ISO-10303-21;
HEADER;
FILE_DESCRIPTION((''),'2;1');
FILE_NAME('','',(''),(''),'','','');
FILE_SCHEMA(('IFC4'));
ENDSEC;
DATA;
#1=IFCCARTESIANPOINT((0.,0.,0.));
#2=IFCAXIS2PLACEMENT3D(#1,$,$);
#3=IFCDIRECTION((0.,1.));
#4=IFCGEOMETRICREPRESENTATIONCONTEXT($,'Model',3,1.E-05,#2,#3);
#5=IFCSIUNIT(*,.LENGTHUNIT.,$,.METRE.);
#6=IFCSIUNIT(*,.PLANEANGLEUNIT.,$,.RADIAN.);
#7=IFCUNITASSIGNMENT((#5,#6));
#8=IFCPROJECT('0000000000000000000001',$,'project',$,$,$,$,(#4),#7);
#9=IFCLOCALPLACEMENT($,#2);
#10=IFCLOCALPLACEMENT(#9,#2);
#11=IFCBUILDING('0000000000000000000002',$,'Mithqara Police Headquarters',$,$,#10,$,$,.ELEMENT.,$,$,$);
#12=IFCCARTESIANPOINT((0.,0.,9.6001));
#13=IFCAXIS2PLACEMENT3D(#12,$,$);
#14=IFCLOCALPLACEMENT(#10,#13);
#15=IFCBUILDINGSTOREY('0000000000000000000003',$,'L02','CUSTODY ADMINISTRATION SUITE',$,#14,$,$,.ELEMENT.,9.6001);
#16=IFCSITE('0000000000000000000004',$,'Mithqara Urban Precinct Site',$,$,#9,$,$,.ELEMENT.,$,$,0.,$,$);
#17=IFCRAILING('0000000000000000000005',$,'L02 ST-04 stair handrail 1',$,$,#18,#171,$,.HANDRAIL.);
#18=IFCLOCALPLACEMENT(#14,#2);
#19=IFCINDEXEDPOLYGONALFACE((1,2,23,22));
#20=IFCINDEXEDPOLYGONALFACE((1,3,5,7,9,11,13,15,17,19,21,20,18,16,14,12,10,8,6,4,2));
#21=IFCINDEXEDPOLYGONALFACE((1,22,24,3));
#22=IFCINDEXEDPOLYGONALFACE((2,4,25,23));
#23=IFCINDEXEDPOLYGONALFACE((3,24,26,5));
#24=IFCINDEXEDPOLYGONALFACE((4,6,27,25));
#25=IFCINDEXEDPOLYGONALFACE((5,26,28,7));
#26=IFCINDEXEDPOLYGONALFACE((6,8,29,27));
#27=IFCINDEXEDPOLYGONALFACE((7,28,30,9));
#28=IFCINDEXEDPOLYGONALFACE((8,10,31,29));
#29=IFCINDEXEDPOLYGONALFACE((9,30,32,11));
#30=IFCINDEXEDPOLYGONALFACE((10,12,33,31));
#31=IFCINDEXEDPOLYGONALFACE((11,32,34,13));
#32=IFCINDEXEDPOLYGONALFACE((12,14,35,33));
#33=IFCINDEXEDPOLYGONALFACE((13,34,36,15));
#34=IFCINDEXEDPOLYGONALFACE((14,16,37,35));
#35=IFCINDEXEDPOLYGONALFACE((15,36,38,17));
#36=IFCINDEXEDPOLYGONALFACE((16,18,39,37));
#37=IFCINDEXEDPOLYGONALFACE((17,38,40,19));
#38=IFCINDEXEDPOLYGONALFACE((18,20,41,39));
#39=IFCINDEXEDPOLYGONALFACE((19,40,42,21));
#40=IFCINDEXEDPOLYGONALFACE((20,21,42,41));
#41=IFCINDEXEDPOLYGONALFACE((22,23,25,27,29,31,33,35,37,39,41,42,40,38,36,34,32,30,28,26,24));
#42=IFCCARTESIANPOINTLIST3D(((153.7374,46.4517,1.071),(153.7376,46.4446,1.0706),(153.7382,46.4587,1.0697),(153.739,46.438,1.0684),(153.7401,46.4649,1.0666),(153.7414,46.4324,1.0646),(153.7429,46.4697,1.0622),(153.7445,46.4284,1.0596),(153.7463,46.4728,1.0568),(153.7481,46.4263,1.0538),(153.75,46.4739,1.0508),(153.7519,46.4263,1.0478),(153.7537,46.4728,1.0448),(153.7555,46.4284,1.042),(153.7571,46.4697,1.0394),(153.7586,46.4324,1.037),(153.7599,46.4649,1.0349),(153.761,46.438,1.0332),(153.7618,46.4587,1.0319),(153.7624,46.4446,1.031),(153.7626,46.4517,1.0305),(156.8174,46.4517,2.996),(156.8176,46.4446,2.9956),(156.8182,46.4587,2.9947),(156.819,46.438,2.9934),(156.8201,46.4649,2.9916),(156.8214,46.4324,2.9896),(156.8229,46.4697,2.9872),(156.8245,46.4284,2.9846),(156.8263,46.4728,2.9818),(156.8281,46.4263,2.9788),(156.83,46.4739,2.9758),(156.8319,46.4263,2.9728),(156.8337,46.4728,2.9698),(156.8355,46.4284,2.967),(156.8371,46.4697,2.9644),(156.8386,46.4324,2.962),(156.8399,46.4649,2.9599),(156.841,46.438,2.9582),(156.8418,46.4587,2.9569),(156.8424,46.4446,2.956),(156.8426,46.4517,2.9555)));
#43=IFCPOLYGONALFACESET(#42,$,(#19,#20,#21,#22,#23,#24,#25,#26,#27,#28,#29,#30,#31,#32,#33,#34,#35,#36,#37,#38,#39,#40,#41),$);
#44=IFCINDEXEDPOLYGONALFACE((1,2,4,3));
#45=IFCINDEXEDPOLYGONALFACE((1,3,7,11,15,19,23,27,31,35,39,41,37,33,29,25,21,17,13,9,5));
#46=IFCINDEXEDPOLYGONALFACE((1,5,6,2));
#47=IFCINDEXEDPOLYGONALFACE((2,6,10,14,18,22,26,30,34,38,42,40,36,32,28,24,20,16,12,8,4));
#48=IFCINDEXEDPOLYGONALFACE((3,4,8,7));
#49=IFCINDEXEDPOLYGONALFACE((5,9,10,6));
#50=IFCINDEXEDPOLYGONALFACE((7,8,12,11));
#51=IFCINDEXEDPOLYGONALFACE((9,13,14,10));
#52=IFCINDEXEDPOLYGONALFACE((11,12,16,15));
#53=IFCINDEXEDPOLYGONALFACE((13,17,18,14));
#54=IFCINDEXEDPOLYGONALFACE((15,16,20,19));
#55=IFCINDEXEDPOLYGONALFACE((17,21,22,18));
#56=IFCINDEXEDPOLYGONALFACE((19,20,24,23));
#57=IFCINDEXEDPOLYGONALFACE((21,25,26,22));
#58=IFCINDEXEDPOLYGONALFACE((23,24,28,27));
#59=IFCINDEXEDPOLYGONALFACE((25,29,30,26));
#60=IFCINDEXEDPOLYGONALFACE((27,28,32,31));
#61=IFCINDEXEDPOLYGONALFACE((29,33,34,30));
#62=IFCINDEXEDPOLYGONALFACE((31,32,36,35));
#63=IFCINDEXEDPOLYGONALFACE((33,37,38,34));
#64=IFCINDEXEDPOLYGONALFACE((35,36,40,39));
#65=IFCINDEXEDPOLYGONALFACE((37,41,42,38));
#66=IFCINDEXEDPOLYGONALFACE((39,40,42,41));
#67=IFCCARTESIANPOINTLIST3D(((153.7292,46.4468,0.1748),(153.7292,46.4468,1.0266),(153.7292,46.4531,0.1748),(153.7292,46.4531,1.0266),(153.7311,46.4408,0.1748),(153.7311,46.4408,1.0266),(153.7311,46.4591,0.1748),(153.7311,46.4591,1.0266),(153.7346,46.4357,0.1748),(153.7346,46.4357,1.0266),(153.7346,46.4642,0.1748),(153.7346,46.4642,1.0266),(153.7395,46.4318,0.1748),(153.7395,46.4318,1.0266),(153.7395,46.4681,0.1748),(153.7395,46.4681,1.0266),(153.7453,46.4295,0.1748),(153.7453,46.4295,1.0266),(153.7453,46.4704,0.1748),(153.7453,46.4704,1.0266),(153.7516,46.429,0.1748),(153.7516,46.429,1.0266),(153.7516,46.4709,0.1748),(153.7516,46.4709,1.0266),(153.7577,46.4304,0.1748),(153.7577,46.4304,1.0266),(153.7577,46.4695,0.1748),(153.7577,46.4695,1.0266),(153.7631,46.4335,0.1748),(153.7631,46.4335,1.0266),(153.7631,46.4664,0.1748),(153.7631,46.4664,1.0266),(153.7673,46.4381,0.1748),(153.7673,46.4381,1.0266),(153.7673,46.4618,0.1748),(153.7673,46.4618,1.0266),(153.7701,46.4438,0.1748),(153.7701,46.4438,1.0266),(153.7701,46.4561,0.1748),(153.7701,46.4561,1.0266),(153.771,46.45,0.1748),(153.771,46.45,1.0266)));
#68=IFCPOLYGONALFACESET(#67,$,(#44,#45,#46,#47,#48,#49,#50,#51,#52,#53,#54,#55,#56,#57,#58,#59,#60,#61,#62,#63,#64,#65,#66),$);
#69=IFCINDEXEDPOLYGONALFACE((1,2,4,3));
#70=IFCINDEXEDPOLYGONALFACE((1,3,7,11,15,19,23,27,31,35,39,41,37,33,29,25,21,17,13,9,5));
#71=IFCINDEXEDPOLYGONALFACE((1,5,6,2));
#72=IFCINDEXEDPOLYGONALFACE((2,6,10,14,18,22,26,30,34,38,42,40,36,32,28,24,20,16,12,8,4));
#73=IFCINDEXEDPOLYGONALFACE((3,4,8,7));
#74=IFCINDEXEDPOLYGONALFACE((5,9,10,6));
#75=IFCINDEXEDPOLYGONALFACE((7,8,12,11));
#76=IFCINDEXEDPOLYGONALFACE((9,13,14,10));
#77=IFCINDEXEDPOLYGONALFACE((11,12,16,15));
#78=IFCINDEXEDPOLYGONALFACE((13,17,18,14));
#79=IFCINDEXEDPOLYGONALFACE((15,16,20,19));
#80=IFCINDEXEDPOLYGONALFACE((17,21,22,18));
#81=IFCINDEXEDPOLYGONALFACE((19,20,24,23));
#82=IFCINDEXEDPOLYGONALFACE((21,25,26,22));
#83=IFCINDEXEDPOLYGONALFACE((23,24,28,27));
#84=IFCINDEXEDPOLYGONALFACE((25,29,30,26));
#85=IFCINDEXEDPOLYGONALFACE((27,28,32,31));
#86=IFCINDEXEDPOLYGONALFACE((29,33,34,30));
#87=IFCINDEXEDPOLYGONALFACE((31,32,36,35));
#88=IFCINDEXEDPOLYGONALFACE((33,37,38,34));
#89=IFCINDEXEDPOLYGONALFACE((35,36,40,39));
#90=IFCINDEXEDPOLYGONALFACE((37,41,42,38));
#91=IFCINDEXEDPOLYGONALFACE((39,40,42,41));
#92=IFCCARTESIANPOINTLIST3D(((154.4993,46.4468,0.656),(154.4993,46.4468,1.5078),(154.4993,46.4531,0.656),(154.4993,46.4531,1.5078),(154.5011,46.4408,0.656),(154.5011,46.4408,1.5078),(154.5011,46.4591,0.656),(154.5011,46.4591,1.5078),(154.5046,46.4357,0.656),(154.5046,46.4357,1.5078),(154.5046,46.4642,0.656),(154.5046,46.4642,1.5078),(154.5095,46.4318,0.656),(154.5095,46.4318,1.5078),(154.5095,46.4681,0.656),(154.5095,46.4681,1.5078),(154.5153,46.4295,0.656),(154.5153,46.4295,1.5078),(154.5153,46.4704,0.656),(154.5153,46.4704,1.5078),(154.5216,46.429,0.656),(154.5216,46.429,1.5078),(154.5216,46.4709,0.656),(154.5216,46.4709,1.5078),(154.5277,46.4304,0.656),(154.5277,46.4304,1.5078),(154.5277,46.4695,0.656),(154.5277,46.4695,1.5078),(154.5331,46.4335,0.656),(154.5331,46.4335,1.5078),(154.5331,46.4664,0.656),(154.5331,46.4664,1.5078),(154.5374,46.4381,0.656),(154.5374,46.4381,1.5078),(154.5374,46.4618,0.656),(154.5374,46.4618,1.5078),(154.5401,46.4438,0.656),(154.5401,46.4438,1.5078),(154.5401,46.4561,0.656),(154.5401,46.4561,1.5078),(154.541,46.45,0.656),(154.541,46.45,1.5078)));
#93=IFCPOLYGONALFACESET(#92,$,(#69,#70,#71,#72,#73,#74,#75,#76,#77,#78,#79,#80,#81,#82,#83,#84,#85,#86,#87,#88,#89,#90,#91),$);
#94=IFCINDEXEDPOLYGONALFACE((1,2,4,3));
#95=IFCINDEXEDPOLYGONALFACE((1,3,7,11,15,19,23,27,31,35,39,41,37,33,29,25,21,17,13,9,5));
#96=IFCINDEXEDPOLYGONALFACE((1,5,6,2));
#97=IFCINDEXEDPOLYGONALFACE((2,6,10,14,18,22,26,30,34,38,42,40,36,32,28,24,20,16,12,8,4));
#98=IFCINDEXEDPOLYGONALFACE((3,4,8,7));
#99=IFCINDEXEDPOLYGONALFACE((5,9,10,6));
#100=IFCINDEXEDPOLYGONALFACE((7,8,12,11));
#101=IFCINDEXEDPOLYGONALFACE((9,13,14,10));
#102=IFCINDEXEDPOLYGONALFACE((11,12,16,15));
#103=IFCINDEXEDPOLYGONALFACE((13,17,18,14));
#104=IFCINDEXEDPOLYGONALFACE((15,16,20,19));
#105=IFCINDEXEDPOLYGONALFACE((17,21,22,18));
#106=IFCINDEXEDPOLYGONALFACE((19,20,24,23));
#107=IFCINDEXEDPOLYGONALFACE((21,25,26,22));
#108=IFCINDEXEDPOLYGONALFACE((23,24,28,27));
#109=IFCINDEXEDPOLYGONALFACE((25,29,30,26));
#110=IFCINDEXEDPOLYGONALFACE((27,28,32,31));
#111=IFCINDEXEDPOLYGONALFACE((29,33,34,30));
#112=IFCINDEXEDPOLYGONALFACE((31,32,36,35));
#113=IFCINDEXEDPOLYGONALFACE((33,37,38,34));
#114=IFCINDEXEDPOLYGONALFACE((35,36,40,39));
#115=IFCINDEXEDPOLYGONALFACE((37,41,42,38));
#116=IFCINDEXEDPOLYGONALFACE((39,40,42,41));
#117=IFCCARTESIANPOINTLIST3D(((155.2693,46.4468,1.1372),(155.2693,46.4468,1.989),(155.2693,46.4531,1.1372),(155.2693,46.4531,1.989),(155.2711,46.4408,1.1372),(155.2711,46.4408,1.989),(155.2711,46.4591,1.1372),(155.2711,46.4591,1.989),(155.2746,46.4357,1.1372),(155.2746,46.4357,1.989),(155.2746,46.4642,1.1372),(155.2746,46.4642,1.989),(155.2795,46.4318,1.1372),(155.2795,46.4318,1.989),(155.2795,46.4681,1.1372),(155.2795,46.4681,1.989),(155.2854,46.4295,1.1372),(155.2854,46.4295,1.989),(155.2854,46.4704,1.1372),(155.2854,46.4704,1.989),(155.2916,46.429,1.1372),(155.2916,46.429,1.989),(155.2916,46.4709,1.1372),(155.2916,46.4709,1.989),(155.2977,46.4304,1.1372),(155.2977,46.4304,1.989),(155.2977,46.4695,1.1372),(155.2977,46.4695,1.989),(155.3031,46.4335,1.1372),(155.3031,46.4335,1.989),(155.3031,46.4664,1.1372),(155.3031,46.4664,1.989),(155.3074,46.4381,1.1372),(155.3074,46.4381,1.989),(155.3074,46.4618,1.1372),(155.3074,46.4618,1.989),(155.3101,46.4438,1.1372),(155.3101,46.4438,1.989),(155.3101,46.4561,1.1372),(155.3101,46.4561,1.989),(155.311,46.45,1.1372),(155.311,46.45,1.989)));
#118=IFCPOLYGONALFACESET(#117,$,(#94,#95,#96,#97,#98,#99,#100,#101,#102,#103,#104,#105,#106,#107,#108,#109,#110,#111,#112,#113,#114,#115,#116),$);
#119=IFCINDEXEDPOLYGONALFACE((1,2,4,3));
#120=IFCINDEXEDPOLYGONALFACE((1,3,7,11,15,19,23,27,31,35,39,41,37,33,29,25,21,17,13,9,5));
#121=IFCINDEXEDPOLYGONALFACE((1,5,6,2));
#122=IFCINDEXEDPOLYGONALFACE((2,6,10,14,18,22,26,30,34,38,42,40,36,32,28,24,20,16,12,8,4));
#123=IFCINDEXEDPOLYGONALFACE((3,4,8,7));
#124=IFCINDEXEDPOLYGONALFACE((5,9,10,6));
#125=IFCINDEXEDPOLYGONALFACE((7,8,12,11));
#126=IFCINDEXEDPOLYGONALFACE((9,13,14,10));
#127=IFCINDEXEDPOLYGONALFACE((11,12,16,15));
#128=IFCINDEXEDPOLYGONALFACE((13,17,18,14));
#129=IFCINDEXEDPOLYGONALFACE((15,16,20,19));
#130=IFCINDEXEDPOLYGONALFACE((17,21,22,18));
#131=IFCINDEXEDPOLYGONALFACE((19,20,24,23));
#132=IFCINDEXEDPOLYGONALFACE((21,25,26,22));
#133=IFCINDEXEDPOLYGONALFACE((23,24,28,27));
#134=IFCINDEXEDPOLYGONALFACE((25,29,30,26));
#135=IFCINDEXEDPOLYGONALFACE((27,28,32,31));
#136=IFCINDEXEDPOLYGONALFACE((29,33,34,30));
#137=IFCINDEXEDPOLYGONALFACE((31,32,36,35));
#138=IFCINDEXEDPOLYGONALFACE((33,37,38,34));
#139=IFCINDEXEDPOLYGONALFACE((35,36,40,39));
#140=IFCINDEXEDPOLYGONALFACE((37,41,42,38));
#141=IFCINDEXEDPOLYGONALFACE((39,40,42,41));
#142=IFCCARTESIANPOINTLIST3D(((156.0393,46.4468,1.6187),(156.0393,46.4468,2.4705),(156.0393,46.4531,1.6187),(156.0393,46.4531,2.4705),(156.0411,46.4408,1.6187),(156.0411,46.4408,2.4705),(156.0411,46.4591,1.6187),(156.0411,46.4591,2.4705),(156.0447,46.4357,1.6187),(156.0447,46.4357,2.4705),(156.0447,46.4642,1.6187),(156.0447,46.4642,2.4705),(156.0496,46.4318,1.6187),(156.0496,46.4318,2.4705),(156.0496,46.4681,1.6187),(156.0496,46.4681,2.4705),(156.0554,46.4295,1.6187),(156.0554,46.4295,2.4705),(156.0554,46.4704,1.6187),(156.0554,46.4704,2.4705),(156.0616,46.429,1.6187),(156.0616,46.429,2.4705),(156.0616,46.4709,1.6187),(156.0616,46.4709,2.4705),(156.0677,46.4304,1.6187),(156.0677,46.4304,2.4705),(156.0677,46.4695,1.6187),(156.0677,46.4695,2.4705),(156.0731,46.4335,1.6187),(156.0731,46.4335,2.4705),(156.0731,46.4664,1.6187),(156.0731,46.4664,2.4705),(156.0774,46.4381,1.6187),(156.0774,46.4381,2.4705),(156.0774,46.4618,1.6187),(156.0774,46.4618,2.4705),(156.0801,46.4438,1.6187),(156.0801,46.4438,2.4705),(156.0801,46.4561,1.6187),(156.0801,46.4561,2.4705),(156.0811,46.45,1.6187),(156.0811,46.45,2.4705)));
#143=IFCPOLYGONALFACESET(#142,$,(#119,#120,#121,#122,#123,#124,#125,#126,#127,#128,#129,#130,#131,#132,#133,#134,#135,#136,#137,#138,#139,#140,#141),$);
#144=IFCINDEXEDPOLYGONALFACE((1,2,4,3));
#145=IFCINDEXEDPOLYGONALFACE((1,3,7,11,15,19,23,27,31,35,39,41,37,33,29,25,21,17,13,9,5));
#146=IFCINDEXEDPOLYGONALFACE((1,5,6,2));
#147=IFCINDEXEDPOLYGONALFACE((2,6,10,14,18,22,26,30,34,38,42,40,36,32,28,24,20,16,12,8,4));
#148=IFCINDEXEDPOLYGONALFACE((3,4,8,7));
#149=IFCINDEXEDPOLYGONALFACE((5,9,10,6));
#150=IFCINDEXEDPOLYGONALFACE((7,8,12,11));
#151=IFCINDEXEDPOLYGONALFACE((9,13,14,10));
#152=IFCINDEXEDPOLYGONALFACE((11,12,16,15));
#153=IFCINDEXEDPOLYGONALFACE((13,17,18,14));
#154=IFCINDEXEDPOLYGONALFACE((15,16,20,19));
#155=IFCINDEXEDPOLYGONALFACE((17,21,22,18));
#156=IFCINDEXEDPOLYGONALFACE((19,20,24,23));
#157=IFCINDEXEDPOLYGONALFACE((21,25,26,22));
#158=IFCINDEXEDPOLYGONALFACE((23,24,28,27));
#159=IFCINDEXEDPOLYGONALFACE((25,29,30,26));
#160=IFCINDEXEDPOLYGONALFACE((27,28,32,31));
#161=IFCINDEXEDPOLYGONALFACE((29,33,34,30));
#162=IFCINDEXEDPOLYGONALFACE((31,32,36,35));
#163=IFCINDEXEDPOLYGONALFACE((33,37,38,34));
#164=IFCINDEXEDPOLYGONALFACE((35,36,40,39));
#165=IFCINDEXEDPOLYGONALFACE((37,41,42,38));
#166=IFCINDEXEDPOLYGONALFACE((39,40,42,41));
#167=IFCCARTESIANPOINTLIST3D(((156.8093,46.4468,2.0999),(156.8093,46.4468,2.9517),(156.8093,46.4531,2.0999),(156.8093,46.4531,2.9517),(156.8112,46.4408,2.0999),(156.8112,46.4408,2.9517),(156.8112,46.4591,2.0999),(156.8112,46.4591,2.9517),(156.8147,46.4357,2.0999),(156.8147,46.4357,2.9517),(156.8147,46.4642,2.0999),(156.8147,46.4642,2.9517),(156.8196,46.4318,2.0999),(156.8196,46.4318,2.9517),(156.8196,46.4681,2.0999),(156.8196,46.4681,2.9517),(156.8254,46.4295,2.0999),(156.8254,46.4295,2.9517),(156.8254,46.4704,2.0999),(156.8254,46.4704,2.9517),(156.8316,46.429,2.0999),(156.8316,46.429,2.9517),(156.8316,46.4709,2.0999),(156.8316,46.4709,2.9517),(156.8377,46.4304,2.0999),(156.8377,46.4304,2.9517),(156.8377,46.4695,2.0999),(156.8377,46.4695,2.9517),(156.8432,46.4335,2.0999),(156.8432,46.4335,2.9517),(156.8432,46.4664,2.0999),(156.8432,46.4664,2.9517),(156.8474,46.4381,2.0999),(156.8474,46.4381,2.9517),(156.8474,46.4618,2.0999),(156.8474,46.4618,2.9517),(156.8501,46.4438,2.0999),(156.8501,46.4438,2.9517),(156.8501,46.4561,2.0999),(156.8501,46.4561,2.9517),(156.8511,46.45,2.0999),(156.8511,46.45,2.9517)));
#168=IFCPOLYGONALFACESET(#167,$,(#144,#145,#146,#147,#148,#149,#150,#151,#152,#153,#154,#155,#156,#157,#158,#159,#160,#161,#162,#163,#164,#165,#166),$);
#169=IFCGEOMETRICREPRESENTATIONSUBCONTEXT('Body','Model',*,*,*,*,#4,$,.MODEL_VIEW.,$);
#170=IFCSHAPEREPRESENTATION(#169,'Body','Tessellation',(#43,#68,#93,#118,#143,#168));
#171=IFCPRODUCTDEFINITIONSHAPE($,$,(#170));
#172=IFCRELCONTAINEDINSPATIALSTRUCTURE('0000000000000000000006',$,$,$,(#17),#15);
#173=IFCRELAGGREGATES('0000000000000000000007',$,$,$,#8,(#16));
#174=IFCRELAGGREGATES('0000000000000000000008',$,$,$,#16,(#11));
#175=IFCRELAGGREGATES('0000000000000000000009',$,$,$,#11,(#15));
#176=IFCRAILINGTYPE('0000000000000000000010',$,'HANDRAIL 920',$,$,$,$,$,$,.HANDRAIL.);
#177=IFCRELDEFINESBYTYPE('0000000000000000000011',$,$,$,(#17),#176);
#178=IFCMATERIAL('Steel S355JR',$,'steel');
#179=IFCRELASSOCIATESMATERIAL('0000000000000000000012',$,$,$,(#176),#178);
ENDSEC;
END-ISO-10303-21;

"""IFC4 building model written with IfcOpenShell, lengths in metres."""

from ifc_helpers import new_model, si_unit, direction, frame, origin, origin_2d, place, context, subcontext, project, spatial, circle, extrude, material, type_object, element, save


model = new_model("IFC4")

# Units and contexts
model_context = context("Model", 3, precision=1e-05, world=origin(), true_north=direction((0.0, 1.0)))
body_context = subcontext(model_context, "Body", "Model", "MODEL_VIEW")
ifc_project = project(units=[si_unit("LENGTHUNIT", "METRE"), si_unit("PLANEANGLEUNIT", "RADIAN")], contexts=[model_context])

# Site, building, storey
site_placement = place(None, origin())
site = spatial("IfcSite", under=ifc_project, at=site_placement, Name="Mithqara Urban Precinct Site", CompositionType="ELEMENT", RefElevation=0.0)
building_placement = place(site_placement, origin())
building = spatial("IfcBuilding", under=site, at=building_placement, Name="Mithqara Police Headquarters", CompositionType="ELEMENT")
storey_placement = place(building_placement, frame((0.0, 0.0, 9.6001)))
storey = spatial("IfcBuildingStorey", under=building, at=storey_placement, Name="L02", Description="CUSTODY ADMINISTRATION SUITE", CompositionType="ELEMENT", Elevation=9.6001)

# Shared definitions
ifc_material_1 = material(Name="Steel S355JR", Category="steel")

# Railing
railing_type_1 = type_object("IfcRailingType", Name="HANDRAIL 920", PredefinedType="HANDRAIL", material=ifc_material_1)
railing_1_placement = place(storey_placement, frame((153.75, 46.45, 0.1748)))
element("IfcRailing", 1, at=railing_1_placement, inside=storey, type_object=railing_type_1, Name="L02 ST-04 stair handrail 1", PredefinedType="HANDRAIL", context=body_context, shape_type="SweptSolid", body=[
    extrude(circle(Radius=0.0239, at=origin_2d()), frame((0.0, 0.0, 0.876), z_axis=(0.847998, 0.0, 0.529999), x_axis=(0.0, 1.0, 0.0)), (0.0, 0.0, 1.0), 3.6321),
    extrude(circle(Radius=0.021, at=origin_2d()), origin(), (0.0, 0.0, 1.0), 0.8518),
    extrude(circle(Radius=0.021, at=origin_2d()), frame((0.77, 0.0, 0.4812)), (0.0, 0.0, 1.0), 0.8518),
    extrude(circle(Radius=0.021, at=origin_2d()), frame((1.54, 0.0, 0.9624)), (0.0, 0.0, 1.0), 0.8518),
    extrude(circle(Radius=0.021, at=origin_2d()), frame((2.3101, 0.0, 1.4438)), (0.0, 0.0, 1.0), 0.8518),
    extrude(circle(Radius=0.021, at=origin_2d()), frame((3.0801, 0.0, 1.925)), (0.0, 0.0, 1.0), 0.8518),
])

save(model, "model.ifc")
